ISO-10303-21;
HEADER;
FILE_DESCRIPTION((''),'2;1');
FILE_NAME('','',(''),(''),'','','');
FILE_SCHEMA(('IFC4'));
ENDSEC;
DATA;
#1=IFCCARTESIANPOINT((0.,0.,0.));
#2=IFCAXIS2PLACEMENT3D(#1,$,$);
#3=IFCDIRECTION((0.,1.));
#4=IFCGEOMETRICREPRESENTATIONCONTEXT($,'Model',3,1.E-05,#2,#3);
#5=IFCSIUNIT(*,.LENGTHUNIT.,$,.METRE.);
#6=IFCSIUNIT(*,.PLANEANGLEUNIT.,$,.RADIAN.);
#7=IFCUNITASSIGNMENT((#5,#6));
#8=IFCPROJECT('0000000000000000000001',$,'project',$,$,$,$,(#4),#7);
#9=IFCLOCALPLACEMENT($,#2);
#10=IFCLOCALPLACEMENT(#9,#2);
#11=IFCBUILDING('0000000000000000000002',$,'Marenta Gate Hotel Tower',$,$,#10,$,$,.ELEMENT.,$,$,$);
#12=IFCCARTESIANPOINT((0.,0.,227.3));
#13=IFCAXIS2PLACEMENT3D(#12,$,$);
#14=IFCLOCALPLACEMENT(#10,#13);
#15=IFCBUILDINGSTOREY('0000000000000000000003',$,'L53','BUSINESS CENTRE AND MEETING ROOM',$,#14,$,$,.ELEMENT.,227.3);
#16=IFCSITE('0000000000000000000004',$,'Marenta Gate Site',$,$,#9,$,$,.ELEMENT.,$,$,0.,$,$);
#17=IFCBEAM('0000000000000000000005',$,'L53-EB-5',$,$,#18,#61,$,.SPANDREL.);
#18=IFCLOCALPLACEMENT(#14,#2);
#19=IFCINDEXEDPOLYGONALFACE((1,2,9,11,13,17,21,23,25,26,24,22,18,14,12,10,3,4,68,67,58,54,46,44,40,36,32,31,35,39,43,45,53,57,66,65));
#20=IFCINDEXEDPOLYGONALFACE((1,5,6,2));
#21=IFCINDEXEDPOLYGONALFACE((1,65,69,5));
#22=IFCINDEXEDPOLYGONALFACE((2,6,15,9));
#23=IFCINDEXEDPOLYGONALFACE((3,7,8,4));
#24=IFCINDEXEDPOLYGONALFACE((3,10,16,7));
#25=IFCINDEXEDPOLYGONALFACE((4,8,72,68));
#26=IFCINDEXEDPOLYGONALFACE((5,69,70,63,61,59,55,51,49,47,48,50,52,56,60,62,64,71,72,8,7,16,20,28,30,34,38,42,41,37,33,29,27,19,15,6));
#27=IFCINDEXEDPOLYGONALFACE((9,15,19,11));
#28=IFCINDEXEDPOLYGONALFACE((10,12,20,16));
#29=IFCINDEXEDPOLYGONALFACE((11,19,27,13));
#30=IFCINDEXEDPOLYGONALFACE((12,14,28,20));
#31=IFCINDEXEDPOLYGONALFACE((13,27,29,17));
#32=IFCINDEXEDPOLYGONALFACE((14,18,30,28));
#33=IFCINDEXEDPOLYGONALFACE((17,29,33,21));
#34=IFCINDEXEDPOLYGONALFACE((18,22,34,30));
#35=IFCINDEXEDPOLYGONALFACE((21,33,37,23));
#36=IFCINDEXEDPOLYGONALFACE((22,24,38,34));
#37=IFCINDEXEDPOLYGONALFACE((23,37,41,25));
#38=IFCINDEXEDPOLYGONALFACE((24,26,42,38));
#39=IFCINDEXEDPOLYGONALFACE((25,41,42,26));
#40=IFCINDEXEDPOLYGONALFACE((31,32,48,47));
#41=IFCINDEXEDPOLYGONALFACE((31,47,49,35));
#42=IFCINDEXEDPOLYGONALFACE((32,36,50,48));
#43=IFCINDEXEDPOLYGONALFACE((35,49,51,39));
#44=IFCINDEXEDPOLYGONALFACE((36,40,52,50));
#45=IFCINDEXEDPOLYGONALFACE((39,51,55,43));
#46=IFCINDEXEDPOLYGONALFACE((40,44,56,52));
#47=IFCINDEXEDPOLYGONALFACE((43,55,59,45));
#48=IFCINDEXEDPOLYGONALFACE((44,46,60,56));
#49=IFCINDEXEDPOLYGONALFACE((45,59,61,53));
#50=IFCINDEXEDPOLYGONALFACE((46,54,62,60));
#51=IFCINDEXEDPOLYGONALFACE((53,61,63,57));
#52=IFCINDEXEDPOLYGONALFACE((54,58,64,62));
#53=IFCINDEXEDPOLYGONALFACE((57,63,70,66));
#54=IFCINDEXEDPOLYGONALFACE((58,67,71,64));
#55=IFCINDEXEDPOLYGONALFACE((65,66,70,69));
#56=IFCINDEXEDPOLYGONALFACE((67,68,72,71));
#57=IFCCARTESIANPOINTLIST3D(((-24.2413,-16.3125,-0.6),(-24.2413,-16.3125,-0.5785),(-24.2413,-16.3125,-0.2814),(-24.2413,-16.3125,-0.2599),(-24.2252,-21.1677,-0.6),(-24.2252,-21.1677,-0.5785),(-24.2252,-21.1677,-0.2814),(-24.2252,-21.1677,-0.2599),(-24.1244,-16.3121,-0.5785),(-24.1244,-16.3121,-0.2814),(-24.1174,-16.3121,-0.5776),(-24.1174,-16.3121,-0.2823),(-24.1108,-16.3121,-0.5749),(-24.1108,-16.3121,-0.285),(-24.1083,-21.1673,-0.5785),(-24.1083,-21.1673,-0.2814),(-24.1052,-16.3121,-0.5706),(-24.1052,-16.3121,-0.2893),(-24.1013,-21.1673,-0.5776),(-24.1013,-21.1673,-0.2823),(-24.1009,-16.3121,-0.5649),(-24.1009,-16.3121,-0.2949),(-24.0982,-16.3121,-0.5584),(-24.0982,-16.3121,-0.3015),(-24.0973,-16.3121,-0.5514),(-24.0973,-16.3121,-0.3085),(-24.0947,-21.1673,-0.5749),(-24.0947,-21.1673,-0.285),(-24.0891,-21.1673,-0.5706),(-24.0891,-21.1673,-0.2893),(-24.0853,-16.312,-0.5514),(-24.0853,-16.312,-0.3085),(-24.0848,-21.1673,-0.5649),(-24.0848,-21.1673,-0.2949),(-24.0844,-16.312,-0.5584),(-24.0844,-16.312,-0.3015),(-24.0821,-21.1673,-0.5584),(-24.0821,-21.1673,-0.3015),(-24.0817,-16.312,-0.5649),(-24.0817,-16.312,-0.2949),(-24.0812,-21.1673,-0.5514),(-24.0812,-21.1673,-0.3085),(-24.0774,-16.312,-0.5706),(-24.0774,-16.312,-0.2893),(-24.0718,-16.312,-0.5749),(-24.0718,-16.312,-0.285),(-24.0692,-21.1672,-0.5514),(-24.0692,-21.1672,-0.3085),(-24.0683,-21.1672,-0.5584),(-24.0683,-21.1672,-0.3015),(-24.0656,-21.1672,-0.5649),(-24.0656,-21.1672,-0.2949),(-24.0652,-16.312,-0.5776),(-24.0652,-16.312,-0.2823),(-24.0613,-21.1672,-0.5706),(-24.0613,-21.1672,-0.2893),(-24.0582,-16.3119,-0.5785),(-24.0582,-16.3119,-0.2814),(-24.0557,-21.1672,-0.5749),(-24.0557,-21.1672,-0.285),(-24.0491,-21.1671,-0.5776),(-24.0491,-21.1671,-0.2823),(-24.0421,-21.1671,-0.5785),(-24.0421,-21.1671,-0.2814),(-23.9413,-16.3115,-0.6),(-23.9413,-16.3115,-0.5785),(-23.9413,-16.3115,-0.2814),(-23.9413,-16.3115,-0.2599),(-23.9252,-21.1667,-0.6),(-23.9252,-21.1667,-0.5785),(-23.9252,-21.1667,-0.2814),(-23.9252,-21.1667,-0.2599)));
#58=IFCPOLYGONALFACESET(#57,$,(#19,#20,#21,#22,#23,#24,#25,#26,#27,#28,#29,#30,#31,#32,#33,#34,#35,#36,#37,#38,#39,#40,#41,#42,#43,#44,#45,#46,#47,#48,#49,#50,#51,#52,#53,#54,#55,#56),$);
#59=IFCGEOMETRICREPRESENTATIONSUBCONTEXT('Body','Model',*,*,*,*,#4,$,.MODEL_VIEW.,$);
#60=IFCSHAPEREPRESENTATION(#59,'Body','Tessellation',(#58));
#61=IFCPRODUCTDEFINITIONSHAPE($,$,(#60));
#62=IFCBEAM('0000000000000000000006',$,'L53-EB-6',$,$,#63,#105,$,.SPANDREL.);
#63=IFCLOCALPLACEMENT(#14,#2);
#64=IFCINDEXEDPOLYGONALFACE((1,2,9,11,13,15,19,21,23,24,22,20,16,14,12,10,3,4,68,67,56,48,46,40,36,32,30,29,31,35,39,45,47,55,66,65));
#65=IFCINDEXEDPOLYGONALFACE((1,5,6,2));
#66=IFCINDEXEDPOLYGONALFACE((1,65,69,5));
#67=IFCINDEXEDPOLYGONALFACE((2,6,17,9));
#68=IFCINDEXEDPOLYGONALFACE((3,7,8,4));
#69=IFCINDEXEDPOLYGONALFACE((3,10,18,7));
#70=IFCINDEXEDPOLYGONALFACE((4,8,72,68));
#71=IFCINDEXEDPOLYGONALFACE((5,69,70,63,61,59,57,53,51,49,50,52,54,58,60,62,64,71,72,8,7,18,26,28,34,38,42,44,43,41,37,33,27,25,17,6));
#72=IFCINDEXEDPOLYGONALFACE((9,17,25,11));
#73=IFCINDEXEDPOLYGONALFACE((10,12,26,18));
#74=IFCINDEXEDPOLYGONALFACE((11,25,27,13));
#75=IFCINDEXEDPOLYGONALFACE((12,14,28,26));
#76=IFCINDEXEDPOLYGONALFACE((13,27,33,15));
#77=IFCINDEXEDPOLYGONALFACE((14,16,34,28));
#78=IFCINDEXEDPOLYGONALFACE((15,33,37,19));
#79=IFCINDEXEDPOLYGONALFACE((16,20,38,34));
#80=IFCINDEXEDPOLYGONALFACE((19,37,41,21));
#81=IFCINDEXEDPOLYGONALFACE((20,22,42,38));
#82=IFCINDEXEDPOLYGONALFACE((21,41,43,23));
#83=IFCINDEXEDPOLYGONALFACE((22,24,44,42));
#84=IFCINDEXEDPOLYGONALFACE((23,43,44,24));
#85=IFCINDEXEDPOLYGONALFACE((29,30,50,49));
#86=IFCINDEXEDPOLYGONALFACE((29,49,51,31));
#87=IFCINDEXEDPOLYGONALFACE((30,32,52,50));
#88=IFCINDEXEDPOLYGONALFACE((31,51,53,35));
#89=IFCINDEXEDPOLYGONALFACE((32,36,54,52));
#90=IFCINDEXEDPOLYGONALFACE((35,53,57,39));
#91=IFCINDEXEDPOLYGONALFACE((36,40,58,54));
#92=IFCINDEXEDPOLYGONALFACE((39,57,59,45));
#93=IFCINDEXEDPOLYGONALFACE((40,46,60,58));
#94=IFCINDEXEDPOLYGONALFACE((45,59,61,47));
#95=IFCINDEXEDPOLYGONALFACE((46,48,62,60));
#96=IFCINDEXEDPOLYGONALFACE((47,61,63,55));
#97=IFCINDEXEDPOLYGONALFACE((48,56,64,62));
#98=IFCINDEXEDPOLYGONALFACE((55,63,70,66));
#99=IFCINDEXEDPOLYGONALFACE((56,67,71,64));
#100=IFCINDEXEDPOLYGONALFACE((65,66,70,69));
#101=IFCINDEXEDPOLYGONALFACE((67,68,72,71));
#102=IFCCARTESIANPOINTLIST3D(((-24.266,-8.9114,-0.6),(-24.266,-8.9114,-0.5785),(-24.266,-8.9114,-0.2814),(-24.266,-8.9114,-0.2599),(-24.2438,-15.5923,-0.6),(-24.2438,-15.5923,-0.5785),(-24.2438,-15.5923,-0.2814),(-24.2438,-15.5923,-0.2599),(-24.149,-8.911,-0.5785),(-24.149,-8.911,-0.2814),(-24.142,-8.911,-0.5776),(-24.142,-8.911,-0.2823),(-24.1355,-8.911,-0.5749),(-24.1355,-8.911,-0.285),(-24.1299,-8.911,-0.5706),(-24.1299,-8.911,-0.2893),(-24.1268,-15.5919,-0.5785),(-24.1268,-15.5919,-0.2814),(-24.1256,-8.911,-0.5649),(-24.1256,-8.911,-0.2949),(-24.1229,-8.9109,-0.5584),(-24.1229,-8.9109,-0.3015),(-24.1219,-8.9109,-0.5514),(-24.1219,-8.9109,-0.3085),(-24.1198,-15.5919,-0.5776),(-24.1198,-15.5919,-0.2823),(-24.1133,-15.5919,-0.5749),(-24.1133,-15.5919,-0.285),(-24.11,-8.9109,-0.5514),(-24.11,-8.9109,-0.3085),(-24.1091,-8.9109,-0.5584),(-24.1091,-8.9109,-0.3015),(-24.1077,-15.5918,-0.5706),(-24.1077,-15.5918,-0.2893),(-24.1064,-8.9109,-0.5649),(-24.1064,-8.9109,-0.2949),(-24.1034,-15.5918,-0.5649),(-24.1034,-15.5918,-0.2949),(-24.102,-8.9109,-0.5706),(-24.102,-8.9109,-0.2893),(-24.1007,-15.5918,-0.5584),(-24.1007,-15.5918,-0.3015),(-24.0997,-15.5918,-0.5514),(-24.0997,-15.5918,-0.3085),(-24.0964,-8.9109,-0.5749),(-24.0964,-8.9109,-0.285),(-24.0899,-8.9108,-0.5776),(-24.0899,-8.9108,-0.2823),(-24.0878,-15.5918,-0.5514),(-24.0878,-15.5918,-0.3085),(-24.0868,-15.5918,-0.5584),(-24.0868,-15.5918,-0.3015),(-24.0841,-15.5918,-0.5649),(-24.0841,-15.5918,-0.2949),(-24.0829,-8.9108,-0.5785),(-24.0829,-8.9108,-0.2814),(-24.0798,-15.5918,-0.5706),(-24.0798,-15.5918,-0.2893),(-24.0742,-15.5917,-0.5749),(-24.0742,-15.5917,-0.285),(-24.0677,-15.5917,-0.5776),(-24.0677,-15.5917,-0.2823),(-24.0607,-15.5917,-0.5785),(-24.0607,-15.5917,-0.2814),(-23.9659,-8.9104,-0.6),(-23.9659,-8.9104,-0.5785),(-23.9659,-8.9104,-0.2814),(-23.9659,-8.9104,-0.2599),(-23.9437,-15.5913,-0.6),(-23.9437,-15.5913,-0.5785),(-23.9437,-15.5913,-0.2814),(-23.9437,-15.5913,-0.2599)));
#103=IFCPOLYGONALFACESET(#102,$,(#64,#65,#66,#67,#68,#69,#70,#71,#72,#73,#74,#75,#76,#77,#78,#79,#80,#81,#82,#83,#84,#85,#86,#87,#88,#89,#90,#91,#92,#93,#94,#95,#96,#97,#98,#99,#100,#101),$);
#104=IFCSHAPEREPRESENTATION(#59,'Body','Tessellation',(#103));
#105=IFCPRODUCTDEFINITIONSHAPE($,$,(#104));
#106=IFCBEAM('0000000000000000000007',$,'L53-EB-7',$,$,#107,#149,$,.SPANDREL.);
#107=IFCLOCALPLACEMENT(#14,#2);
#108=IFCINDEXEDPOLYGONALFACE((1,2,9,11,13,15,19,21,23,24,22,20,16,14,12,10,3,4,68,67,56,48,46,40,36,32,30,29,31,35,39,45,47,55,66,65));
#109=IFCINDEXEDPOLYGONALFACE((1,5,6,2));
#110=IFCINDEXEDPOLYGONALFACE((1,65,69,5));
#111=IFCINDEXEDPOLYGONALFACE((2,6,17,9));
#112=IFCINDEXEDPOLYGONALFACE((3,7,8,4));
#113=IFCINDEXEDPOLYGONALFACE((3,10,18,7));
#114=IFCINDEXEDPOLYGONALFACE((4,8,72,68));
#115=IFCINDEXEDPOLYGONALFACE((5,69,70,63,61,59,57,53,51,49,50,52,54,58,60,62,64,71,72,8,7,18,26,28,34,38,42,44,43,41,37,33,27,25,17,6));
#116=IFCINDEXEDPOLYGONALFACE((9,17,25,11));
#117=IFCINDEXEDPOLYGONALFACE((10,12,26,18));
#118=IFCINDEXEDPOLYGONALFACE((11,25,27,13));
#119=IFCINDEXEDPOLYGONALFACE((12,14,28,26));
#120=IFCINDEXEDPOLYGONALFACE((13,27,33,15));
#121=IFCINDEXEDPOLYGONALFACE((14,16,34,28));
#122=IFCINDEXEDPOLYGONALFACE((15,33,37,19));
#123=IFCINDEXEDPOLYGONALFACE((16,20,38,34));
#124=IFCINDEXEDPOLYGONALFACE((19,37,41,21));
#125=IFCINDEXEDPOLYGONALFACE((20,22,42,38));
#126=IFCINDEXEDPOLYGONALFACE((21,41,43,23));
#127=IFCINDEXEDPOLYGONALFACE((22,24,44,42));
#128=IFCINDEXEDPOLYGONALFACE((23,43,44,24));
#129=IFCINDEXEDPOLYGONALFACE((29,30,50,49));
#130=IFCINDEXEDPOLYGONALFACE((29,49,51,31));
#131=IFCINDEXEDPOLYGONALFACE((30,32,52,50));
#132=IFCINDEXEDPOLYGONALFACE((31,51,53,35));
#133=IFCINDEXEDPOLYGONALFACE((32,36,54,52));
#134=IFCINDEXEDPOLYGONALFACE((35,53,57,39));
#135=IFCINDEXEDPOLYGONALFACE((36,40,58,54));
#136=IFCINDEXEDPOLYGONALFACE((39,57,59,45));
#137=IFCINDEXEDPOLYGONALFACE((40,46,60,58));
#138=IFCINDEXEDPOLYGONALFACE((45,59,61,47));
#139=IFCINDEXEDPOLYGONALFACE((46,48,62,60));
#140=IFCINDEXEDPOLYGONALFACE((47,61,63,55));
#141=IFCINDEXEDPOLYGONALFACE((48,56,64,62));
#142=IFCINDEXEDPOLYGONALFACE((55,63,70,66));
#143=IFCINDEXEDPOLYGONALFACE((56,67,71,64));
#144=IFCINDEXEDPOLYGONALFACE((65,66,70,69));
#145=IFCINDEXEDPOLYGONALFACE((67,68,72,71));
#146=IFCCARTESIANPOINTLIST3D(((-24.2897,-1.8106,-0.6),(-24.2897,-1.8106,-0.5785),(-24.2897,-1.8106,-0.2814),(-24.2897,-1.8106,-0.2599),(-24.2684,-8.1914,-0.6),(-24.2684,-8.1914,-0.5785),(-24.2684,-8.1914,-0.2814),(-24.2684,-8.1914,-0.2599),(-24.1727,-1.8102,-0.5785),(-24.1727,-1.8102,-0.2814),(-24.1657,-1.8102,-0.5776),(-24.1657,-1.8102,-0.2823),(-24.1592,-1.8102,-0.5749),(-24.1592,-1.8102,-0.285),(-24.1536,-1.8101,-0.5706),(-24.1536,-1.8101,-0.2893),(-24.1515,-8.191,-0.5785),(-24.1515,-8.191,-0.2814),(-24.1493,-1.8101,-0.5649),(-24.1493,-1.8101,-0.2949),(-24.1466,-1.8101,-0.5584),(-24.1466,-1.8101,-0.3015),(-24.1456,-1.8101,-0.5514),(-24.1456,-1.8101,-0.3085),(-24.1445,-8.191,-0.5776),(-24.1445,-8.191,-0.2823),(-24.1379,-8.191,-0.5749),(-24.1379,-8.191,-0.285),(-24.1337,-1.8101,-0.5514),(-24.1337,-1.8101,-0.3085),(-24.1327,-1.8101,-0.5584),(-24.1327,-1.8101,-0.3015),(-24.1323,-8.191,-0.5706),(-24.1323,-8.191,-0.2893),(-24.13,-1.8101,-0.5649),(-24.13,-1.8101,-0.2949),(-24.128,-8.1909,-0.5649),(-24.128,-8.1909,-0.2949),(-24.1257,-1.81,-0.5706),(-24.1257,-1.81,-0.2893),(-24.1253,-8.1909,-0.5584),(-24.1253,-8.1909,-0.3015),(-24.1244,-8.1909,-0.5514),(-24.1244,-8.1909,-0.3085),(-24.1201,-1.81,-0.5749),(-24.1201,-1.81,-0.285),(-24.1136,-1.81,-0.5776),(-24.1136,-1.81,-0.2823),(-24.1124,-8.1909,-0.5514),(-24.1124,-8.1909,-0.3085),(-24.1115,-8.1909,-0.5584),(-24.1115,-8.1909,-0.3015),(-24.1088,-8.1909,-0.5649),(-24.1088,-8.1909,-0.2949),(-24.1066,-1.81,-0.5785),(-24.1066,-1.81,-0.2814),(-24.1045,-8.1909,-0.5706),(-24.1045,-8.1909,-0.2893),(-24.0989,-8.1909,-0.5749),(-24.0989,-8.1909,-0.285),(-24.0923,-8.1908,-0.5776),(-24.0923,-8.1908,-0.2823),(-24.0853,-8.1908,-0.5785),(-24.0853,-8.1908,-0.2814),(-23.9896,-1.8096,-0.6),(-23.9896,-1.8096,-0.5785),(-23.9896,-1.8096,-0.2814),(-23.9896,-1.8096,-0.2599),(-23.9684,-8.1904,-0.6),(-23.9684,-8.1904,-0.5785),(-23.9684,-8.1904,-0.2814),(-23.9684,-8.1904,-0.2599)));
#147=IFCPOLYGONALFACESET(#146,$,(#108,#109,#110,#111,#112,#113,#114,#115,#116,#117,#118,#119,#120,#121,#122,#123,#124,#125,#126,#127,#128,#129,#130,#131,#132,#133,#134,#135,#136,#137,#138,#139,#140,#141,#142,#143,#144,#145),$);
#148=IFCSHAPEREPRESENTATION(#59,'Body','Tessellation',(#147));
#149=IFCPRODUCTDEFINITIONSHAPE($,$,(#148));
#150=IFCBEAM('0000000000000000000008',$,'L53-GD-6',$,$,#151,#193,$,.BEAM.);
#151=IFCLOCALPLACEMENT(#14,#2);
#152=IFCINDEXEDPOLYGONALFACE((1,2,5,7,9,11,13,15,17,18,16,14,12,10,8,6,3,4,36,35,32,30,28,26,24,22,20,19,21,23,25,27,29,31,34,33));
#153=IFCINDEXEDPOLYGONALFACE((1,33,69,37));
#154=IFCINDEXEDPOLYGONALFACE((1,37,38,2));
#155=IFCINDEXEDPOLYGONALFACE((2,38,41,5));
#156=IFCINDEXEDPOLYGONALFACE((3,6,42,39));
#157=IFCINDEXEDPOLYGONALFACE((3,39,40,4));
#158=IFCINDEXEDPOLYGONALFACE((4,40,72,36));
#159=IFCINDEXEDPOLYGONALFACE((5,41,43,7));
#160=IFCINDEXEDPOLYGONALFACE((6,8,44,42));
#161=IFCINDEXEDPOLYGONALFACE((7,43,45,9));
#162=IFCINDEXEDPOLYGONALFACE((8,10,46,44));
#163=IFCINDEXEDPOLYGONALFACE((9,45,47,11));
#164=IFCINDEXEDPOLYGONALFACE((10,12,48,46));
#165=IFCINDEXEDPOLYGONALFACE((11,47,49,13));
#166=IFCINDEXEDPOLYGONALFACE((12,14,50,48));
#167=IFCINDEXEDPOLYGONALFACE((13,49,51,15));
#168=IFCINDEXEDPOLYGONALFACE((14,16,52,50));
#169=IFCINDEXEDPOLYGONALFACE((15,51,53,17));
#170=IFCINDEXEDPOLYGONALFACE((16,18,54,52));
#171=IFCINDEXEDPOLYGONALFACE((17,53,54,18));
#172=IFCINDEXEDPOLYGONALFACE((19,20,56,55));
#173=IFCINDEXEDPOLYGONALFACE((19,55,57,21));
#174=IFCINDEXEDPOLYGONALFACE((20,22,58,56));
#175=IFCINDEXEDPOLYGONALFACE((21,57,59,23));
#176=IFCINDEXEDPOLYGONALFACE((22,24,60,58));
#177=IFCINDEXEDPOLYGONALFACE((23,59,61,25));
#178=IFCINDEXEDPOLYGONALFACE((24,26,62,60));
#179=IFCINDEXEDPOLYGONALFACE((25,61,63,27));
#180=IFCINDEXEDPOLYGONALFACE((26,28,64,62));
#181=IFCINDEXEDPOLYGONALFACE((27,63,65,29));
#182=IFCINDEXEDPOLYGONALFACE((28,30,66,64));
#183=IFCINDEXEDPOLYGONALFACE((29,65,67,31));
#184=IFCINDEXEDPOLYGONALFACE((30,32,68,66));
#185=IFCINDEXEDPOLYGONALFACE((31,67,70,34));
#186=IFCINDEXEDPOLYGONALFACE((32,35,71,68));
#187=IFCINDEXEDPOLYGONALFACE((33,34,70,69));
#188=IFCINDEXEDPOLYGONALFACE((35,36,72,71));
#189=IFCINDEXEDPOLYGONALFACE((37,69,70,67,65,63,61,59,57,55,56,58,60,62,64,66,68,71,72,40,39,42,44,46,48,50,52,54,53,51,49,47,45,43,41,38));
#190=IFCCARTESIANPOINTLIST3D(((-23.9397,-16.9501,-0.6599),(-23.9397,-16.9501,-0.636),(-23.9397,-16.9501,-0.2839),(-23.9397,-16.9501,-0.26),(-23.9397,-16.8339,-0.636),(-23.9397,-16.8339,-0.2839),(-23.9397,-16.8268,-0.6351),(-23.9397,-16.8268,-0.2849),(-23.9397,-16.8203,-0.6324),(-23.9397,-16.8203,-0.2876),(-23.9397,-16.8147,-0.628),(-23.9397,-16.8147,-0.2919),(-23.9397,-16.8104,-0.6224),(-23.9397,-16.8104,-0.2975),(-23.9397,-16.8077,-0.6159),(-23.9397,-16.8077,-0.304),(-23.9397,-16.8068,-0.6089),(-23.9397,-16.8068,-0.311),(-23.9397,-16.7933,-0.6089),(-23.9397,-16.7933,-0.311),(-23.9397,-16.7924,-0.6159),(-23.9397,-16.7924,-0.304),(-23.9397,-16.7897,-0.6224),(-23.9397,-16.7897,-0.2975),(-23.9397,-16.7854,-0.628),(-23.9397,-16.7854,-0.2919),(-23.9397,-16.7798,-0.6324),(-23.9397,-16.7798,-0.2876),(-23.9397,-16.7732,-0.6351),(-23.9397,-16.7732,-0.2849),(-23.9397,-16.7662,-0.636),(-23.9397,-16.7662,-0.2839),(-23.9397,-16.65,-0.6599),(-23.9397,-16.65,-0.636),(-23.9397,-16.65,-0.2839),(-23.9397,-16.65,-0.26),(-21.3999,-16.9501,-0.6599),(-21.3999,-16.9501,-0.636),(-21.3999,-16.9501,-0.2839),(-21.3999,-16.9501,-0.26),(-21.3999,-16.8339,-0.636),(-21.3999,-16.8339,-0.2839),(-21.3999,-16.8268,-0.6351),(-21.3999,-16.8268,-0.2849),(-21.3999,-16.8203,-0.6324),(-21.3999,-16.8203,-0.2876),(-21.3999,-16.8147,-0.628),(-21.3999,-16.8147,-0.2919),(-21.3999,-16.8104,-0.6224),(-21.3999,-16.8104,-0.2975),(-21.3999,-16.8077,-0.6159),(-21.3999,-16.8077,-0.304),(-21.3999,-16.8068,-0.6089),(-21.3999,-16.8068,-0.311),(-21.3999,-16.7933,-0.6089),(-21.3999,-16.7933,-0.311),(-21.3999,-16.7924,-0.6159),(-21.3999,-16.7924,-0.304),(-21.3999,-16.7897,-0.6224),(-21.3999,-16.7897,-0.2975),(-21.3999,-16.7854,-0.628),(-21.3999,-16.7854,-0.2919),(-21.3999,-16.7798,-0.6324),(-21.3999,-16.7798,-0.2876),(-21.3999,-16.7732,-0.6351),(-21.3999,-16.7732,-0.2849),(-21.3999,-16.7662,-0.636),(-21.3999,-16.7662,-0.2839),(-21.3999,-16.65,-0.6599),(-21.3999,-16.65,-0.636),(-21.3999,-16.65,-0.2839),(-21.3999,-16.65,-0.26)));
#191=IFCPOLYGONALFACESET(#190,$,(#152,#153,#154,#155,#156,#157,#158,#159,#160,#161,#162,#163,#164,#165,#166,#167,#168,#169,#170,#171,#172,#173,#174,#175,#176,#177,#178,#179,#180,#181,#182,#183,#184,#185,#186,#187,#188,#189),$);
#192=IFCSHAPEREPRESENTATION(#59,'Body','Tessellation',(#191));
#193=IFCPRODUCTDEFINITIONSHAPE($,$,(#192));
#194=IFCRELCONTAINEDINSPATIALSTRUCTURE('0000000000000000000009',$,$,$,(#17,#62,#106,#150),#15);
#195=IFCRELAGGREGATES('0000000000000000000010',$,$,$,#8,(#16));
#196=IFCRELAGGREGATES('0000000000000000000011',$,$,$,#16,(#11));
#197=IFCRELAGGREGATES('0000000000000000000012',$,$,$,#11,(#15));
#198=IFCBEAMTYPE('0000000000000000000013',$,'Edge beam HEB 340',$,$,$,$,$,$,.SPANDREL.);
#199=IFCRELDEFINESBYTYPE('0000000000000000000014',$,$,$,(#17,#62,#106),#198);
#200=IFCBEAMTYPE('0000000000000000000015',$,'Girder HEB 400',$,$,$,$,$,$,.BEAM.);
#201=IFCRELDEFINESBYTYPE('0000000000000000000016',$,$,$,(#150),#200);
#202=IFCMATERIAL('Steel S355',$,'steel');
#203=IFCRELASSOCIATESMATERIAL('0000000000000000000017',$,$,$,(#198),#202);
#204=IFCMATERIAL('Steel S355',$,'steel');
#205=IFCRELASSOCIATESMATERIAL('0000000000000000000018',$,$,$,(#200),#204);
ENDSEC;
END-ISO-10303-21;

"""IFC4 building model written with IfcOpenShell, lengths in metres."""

from ifc_helpers import new_model, si_unit, direction, frame, origin, origin_2d, place, context, subcontext, project, spatial, i_section, extrude, material, material_profile, profile_set, type_object, element, save


model = new_model("IFC4")

# Units and contexts
model_context = context("Model", 3, precision=1e-05, world=origin(), true_north=direction((0.0, 1.0)))
body_context = subcontext(model_context, "Body", "Model", "MODEL_VIEW")
ifc_project = project(units=[si_unit("LENGTHUNIT", "METRE"), si_unit("PLANEANGLEUNIT", "RADIAN")], contexts=[model_context])

# Site, building, storey
site_placement = place(None, origin())
site = spatial("IfcSite", under=ifc_project, at=site_placement, Name="Marenta Gate Site", CompositionType="ELEMENT", RefElevation=0.0)
building_placement = place(site_placement, origin())
building = spatial("IfcBuilding", under=site, at=building_placement, Name="Marenta Gate Hotel Tower", CompositionType="ELEMENT")
storey_placement = place(building_placement, frame((0.0, 0.0, 227.3)))
storey = spatial("IfcBuildingStorey", under=building, at=storey_placement, Name="L53", Description="BUSINESS CENTRE AND MEETING ROOM", CompositionType="ELEMENT", Elevation=227.3)

# Beams
ifc_material_1 = material(Name="Steel S355", Category="steel")
ifc_material_profile_1 = material_profile(ifc_material_1, i_section(OverallWidth=0.3, OverallDepth=0.3401, WebThickness=0.012, FlangeThickness=0.0215, FilletRadius=0.0271, at=origin_2d()), Name="HEB 340")
ifc_profile_set_1 = profile_set([ifc_material_profile_1], Name="Steel S355")
beam_type_1 = type_object("IfcBeamType", Name="Edge beam HEB 340", PredefinedType="SPANDREL", material=ifc_profile_set_1)
beam_1_placement = place(storey_placement, frame((-24.0752, -21.1672, -0.4299), z_axis=(-0.003319, 0.999994, 0.0), x_axis=(-0.999994, -0.003319, 0.0)))
element("IfcBeam", 1, at=beam_1_placement, inside=storey, type_object=beam_type_1, Name="L53-EB-5", PredefinedType="SPANDREL", context=body_context, shape_type="SweptSolid", body=[
    extrude(i_section(OverallWidth=0.3, OverallDepth=0.3401, WebThickness=0.012, FlangeThickness=0.0215, FilletRadius=0.0271, at=origin_2d()), origin(), (0.0, 0.0, 1.0), 4.8552),
])
beam_2_placement = place(storey_placement, frame((-24.0938, -15.5918, -0.4299), z_axis=(-0.003325, 0.999994, 0.0), x_axis=(-0.999994, -0.003325, 0.0)))
element("IfcBeam", 2, at=beam_2_placement, inside=storey, type_object=beam_type_1, Name="L53-EB-6", PredefinedType="SPANDREL", context=body_context, shape_type="SweptSolid", body=[
    extrude(i_section(OverallWidth=0.3, OverallDepth=0.3401, WebThickness=0.012, FlangeThickness=0.0215, FilletRadius=0.0271, at=origin_2d()), origin(), (0.0, 0.0, 1.0), 6.6809),
])
beam_3_placement = place(storey_placement, frame((-24.1184, -8.1909, -0.4299), z_axis=(-0.003329, 0.999994, 0.0), x_axis=(-0.999994, -0.003329, 0.0)))
element("IfcBeam", 3, at=beam_3_placement, inside=storey, type_object=beam_type_1, Name="L53-EB-7", PredefinedType="SPANDREL", context=body_context, shape_type="SweptSolid", body=[
    extrude(i_section(OverallWidth=0.3, OverallDepth=0.3401, WebThickness=0.012, FlangeThickness=0.0215, FilletRadius=0.0271, at=origin_2d()), origin(), (0.0, 0.0, 1.0), 6.3809),
])
ifc_material_2 = material(Name="Steel S355", Category="steel")
ifc_material_profile_2 = material_profile(ifc_material_2, i_section(OverallWidth=0.3, OverallDepth=0.3999, WebThickness=0.0134, FlangeThickness=0.0239, FilletRadius=0.0271, at=origin_2d()), Name="HEB 400")
ifc_profile_set_2 = profile_set([ifc_material_profile_2], Name="Steel S355")
beam_type_2 = type_object("IfcBeamType", Name="Girder HEB 400", PredefinedType="BEAM", material=ifc_profile_set_2)
beam_4_placement = place(storey_placement, frame((-23.9397, -16.8, -0.46), z_axis=(1.0, 0.0, 0.0), x_axis=(0.0, 1.0, 0.0)))
element("IfcBeam", 4, at=beam_4_placement, inside=storey, type_object=beam_type_2, Name="L53-GD-6", PredefinedType="BEAM", context=body_context, shape_type="SweptSolid", body=[
    extrude(i_section(OverallWidth=0.3, OverallDepth=0.3999, WebThickness=0.0134, FlangeThickness=0.0239, FilletRadius=0.0271, at=origin_2d()), origin(), (0.0, 0.0, 1.0), 2.5398),
])

save(model, "model.ifc")
